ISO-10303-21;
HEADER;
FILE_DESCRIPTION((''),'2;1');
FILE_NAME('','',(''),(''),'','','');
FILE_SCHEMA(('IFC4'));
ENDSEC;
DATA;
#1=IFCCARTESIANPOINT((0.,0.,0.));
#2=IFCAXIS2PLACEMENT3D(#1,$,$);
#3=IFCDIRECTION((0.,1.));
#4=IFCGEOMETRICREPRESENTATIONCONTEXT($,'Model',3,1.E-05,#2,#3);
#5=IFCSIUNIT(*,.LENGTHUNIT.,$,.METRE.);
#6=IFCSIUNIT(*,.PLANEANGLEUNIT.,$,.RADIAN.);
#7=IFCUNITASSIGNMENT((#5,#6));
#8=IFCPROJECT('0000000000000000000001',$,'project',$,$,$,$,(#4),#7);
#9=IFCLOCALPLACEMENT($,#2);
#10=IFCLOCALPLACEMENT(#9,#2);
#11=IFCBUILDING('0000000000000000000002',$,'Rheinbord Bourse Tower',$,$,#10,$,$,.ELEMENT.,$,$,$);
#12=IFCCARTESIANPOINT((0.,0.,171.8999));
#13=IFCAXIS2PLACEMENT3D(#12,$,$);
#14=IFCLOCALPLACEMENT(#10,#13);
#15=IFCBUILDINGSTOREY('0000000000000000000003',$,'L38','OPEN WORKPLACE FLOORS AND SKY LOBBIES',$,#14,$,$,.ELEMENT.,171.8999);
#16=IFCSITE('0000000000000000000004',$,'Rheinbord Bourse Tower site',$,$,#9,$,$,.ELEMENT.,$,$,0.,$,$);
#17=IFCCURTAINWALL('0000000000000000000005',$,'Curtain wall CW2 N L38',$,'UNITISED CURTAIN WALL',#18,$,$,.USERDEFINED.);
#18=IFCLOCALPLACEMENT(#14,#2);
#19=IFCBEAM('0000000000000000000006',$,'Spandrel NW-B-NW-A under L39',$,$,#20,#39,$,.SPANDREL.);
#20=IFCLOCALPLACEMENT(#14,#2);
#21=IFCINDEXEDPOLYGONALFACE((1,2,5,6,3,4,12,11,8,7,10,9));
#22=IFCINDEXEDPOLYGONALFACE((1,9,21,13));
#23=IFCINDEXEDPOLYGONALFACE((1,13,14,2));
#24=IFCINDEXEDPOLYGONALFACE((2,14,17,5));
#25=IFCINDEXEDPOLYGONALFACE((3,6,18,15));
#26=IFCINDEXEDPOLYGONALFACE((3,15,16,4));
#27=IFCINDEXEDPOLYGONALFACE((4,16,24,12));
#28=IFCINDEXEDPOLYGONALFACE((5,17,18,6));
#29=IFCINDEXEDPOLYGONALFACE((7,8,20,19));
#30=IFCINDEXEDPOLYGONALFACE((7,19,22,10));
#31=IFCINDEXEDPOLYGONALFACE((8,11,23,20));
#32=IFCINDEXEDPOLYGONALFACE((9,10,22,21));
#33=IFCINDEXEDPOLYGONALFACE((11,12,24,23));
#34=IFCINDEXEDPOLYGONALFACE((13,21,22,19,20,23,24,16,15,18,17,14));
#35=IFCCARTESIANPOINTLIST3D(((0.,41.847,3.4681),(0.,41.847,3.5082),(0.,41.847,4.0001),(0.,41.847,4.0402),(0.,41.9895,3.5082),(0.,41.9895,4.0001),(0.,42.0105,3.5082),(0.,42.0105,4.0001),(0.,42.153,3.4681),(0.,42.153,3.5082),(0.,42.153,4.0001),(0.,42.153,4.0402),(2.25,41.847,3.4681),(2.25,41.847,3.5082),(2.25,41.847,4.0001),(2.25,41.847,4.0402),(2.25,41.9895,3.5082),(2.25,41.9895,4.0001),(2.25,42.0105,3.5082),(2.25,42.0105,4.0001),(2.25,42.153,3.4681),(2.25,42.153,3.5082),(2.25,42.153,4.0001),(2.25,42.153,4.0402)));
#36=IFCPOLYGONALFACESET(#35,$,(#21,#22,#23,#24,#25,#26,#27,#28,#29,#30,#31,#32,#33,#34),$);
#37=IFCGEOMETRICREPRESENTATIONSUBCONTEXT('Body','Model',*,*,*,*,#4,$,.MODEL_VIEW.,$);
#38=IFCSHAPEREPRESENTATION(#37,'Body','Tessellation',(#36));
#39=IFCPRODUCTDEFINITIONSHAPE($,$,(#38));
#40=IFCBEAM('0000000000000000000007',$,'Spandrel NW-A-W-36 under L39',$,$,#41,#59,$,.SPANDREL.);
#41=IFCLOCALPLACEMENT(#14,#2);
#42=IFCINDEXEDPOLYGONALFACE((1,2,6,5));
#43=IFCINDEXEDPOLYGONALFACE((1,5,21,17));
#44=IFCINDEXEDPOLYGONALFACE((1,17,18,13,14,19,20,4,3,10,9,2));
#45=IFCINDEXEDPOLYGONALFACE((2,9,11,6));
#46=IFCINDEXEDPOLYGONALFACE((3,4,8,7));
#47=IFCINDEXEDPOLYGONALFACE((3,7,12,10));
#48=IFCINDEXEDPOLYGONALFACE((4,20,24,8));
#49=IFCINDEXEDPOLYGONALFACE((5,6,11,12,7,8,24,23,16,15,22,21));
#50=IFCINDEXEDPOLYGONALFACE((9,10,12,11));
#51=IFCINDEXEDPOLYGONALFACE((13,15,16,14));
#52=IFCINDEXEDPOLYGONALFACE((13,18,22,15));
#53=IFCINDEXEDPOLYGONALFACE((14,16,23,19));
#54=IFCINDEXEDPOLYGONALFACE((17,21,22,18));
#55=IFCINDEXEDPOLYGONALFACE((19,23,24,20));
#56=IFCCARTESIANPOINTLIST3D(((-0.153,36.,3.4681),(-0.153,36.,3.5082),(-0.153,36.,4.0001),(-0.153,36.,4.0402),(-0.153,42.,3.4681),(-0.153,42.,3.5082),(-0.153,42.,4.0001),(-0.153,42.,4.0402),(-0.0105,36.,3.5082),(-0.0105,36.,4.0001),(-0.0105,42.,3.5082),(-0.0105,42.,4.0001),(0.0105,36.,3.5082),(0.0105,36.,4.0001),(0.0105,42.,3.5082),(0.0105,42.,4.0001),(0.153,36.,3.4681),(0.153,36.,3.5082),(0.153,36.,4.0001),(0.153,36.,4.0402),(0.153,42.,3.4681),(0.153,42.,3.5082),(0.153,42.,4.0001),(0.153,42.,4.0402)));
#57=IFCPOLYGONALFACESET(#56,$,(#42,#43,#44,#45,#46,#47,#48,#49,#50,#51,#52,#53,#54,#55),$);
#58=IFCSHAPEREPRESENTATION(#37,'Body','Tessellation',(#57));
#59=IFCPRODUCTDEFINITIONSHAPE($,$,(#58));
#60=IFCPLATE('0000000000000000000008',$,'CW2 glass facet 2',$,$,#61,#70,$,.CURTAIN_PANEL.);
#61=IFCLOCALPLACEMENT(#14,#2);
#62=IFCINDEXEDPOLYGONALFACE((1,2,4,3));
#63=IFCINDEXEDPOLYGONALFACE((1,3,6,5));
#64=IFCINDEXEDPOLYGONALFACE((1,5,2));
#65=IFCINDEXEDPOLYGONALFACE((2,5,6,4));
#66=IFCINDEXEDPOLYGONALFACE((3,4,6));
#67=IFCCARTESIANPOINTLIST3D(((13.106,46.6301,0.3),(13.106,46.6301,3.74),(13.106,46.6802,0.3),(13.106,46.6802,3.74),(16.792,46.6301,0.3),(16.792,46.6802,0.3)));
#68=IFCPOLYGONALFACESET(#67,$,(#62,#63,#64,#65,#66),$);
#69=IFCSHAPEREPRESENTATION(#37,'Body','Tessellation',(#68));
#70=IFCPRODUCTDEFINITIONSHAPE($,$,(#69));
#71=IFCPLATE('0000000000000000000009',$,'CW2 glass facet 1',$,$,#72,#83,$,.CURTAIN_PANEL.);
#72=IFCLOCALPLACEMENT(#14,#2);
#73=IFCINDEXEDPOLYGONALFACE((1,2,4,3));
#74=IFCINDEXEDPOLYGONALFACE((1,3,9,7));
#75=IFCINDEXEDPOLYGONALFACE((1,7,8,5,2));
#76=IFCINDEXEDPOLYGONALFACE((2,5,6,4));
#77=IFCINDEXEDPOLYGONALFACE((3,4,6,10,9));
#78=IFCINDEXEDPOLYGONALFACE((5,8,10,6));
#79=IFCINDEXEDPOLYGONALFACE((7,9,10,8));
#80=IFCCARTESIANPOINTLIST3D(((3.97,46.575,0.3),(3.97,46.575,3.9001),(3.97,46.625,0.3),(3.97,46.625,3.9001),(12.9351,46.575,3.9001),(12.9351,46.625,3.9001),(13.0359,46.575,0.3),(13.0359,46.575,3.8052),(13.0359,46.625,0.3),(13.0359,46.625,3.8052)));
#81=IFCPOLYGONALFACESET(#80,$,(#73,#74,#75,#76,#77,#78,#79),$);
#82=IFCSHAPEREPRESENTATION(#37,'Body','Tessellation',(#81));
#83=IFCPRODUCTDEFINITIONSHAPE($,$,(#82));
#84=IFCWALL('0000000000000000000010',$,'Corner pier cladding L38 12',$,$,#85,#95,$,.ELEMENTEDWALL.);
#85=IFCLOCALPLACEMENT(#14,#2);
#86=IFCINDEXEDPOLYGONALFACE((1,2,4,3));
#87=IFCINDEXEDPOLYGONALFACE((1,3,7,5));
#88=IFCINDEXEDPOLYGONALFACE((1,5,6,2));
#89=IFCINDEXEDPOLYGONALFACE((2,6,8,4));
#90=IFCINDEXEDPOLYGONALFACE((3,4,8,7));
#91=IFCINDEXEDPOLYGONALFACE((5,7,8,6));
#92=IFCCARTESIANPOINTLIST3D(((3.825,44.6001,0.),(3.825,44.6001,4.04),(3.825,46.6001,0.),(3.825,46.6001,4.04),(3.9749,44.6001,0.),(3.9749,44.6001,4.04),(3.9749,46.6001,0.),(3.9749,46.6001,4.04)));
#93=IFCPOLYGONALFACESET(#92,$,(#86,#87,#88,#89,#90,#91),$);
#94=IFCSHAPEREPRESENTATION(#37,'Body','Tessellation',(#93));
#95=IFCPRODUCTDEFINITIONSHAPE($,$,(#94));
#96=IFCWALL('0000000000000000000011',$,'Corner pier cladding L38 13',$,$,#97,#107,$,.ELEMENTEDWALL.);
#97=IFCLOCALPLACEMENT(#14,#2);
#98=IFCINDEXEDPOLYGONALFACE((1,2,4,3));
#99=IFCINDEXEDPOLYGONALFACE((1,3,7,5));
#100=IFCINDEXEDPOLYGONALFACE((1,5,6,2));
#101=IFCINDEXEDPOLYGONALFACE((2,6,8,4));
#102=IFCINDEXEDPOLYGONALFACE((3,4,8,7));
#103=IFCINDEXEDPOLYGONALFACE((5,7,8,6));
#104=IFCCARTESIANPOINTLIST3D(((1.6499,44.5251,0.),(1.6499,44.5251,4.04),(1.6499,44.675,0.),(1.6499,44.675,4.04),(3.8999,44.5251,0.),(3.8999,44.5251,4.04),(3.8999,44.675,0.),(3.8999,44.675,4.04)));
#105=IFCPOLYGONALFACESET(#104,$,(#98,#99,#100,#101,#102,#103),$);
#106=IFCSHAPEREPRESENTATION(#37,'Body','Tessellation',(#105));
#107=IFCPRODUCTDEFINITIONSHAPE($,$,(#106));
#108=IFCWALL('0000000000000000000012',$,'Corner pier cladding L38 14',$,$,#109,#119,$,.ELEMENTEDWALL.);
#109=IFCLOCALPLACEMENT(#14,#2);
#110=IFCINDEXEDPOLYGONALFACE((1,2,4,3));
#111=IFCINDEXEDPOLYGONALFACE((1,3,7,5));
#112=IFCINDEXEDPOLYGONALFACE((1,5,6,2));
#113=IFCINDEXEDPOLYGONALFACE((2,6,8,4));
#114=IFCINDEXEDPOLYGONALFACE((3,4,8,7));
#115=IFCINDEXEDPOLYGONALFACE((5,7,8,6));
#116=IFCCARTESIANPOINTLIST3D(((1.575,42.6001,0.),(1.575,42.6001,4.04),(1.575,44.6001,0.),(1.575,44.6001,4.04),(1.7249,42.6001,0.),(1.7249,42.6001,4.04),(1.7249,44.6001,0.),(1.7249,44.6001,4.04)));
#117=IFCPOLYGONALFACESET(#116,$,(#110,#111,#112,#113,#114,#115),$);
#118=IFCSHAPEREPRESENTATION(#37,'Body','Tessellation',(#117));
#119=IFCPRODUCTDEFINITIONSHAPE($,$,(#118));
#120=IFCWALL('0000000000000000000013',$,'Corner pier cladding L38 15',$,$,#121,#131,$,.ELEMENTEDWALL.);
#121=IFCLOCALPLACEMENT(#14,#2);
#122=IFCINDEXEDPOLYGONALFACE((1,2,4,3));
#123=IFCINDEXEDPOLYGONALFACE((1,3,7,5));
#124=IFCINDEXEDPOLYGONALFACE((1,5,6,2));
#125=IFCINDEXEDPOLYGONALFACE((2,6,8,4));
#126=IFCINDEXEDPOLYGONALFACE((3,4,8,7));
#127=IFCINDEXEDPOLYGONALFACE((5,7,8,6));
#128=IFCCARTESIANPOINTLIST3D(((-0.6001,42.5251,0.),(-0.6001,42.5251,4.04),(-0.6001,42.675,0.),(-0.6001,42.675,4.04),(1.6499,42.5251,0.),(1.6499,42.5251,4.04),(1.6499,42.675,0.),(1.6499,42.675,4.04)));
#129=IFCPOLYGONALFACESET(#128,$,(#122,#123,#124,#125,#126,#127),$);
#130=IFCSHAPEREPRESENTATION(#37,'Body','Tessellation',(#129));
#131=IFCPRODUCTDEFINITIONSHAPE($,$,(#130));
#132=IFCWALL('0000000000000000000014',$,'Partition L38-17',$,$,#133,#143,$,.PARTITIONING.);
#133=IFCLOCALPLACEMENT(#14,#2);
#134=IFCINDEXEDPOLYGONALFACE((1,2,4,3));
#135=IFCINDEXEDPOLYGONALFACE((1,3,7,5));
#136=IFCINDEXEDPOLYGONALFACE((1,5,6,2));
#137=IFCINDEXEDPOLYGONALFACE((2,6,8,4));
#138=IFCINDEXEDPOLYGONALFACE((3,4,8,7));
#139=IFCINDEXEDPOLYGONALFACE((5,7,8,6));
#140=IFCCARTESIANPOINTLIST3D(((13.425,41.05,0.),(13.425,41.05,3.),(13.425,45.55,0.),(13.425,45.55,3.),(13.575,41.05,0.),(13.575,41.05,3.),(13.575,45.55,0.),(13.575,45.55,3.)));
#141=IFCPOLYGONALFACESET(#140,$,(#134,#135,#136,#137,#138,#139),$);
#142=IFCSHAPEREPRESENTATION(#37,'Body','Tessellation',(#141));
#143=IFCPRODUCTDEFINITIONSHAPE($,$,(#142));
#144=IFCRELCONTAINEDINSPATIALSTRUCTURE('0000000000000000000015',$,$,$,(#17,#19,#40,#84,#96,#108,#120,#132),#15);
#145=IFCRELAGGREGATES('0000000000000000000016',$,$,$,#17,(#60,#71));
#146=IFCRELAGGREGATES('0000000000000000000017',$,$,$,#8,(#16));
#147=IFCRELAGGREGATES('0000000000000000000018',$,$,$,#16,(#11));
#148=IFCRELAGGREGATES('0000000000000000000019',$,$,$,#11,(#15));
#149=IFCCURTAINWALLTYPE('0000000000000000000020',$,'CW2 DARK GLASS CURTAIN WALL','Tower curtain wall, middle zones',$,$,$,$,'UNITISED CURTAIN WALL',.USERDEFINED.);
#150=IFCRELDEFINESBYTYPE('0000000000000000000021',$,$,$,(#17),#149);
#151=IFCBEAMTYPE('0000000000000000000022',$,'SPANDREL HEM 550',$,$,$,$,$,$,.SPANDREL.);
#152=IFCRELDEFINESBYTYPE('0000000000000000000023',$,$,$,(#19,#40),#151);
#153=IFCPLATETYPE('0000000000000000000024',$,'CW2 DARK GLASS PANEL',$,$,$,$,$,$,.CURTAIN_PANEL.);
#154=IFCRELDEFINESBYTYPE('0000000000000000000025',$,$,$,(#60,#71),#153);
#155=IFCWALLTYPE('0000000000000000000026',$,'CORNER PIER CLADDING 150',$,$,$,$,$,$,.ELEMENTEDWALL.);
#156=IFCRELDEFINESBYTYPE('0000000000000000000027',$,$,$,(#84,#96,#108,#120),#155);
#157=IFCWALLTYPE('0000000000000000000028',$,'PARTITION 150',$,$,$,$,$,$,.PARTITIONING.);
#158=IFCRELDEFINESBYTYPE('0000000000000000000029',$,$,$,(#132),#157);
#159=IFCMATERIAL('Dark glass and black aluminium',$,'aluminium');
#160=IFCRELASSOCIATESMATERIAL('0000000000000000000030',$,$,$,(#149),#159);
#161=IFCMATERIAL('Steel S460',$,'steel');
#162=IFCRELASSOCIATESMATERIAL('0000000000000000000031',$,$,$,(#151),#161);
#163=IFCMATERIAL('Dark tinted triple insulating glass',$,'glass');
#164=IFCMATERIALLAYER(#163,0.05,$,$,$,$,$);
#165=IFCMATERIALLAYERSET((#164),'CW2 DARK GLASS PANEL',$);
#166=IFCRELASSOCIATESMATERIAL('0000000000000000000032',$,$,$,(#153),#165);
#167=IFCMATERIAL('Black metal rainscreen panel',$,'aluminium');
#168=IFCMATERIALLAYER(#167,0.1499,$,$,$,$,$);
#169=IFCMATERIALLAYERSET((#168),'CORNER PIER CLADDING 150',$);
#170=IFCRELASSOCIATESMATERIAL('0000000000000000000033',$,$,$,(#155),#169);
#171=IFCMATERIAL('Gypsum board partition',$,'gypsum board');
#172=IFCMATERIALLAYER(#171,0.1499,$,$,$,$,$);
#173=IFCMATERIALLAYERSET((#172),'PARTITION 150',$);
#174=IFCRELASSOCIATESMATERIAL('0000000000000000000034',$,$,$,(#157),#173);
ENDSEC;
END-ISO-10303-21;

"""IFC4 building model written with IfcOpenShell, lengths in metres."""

from ifc_helpers import new_model, si_unit, direction, frame, frame_2d, origin, origin_2d, place, context, subcontext, project, spatial, polyline, rectangle, i_section, outline, extrude, material, layer, layer_set, material_profile, profile_set, type_object, element, aggregate, save


model = new_model("IFC4")

# Units and contexts
model_context = context("Model", 3, precision=1e-05, world=origin(), true_north=direction((0.0, 1.0)))
body_context = subcontext(model_context, "Body", "Model", "MODEL_VIEW")
ifc_project = project(units=[si_unit("LENGTHUNIT", "METRE"), si_unit("PLANEANGLEUNIT", "RADIAN")], contexts=[model_context])

# Site, building, storey
site_placement = place(None, origin())
site = spatial("IfcSite", under=ifc_project, at=site_placement, Name="Rheinbord Bourse Tower site", CompositionType="ELEMENT", RefElevation=0.0)
building_placement = place(site_placement, origin())
building = spatial("IfcBuilding", under=site, at=building_placement, Name="Rheinbord Bourse Tower", CompositionType="ELEMENT")
storey_placement = place(building_placement, frame((0.0, 0.0, 171.8999)))
storey = spatial("IfcBuildingStorey", under=building, at=storey_placement, Name="L38", Description="OPEN WORKPLACE FLOORS AND SKY LOBBIES", CompositionType="ELEMENT", Elevation=171.8999)

# Curtain wall
ifc_material_1 = material(Name="Dark glass and black aluminium", Category="aluminium")
curtain_wall_type = type_object("IfcCurtainWallType", Name="CW2 DARK GLASS CURTAIN WALL", Description="Tower curtain wall, middle zones", ElementType="UNITISED CURTAIN WALL", PredefinedType="USERDEFINED", material=ifc_material_1)
curtain_wall_1_placement = place(storey_placement, origin())
curtain_wall_1 = element("IfcCurtainWall", 1, at=curtain_wall_1_placement, inside=storey, type_object=curtain_wall_type, Name="Curtain wall CW2 N L38", ObjectType="UNITISED CURTAIN WALL", PredefinedType="USERDEFINED")

# Beams
ifc_material_2 = material(Name="Steel S460", Category="steel")
ifc_material_profile_1 = material_profile(ifc_material_2, i_section(OverallWidth=0.3059, OverallDepth=0.572, WebThickness=0.021, FlangeThickness=0.04, at=origin_2d()), Name="HEM 550")
ifc_profile_set_1 = profile_set([ifc_material_profile_1], Name="Steel S460")
beam_type_1 = type_object("IfcBeamType", Name="SPANDREL HEM 550", PredefinedType="SPANDREL", material=ifc_profile_set_1)
beam_1_placement = place(storey_placement, frame((2.25, 42.0, 3.7542), z_axis=(-1.0, 0.0, 0.0), x_axis=(0.0, -1.0, 0.0)))
element("IfcBeam", 2, at=beam_1_placement, inside=storey, type_object=beam_type_1, Name="Spandrel NW-B-NW-A under L39", PredefinedType="SPANDREL", context=body_context, shape_type="SweptSolid", body=[
    extrude(i_section(OverallWidth=0.3059, OverallDepth=0.572, WebThickness=0.021, FlangeThickness=0.04, at=origin_2d()), origin(), (0.0, 0.0, 1.0), 2.25),
])
beam_2_placement = place(storey_placement, frame((0.0, 42.0, 3.7542), z_axis=(0.0, -1.0, 0.0), x_axis=(1.0, 0.0, 0.0)))
element("IfcBeam", 3, at=beam_2_placement, inside=storey, type_object=beam_type_1, Name="Spandrel NW-A-W-36 under L39", PredefinedType="SPANDREL", context=body_context, shape_type="SweptSolid", body=[
    extrude(i_section(OverallWidth=0.3059, OverallDepth=0.572, WebThickness=0.021, FlangeThickness=0.04, at=origin_2d()), origin(), (0.0, 0.0, 1.0), 6.0),
])

# Plates
ifc_material_3 = material(Name="Dark tinted triple insulating glass", Category="glass")
ifc_layer_1 = layer(ifc_material_3, 0.05)
ifc_layer_set_1 = layer_set([ifc_layer_1], Name="CW2 DARK GLASS PANEL")
plate_type = type_object("IfcPlateType", Name="CW2 DARK GLASS PANEL", PredefinedType="CURTAIN_PANEL", material=ifc_layer_set_1)
plate_1_placement = place(storey_placement, frame((13.106, 46.6802, 0.3), z_axis=(0.0, -1.0, 0.0), x_axis=(1.0, 0.0, 0.0)))
plate_1 = element("IfcPlate", 4, at=plate_1_placement, type_object=plate_type, Name="CW2 glass facet 2", PredefinedType="CURTAIN_PANEL", context=body_context, shape_type="SweptSolid", body=[
    extrude(outline(polyline([(0.0, 0.0), (3.686, 0.0), (0.0, 3.4399), (0.0, 0.0)])), origin(), (0.0, 0.0, 1.0), 0.05),
])
plate_2_placement = place(storey_placement, frame((3.97, 46.625, 3.9001), z_axis=(0.0, -1.0, 0.0), x_axis=(0.0, 0.0, -1.0)))
plate_2 = element("IfcPlate", 5, at=plate_2_placement, type_object=plate_type, Name="CW2 glass facet 1", PredefinedType="CURTAIN_PANEL", context=body_context, shape_type="SweptSolid", body=[
    extrude(outline(polyline([(0.0, 0.0), (3.6001, 0.0), (3.6001, 9.0659), (0.095, 9.0659), (0.0, 8.9651), (0.0, 0.0)])), origin(), (0.0, 0.0, 1.0), 0.05),
])
aggregate(curtain_wall_1, [plate_1, plate_2])

# Walls
ifc_material_4 = material(Name="Black metal rainscreen panel", Category="aluminium")
ifc_layer_2 = layer(ifc_material_4, 0.1499)
ifc_layer_set_2 = layer_set([ifc_layer_2], Name="CORNER PIER CLADDING 150")
wall_type_1 = type_object("IfcWallType", Name="CORNER PIER CLADDING 150", PredefinedType="ELEMENTEDWALL", material=ifc_layer_set_2)
wall_1_placement = place(storey_placement, frame((3.8999, 46.6001, 0.0), z_axis=(0.0, 0.0, 1.0), x_axis=(0.0, -1.0, 0.0)))
element("IfcWall", 6, at=wall_1_placement, inside=storey, type_object=wall_type_1, Name="Corner pier cladding L38 12", PredefinedType="ELEMENTEDWALL", context=body_context, shape_type="SweptSolid", body=[
    extrude(rectangle(XDim=2.0, YDim=0.1499, at=frame_2d((1.0, 0.0))), origin(), (0.0, 0.0, 1.0), 4.04),
])
wall_2_placement = place(storey_placement, frame((3.8999, 44.6001, 0.0), z_axis=(0.0, 0.0, 1.0), x_axis=(-1.0, 0.0, 0.0)))
element("IfcWall", 7, at=wall_2_placement, inside=storey, type_object=wall_type_1, Name="Corner pier cladding L38 13", PredefinedType="ELEMENTEDWALL", context=body_context, shape_type="SweptSolid", body=[
    extrude(rectangle(XDim=2.25, YDim=0.1499, at=frame_2d((1.125, 0.0))), origin(), (0.0, 0.0, 1.0), 4.04),
])
wall_3_placement = place(storey_placement, frame((1.6499, 44.6001, 0.0), z_axis=(0.0, 0.0, 1.0), x_axis=(0.0, -1.0, 0.0)))
element("IfcWall", 8, at=wall_3_placement, inside=storey, type_object=wall_type_1, Name="Corner pier cladding L38 14", PredefinedType="ELEMENTEDWALL", context=body_context, shape_type="SweptSolid", body=[
    extrude(rectangle(XDim=2.0, YDim=0.1499, at=frame_2d((1.0, 0.0))), origin(), (0.0, 0.0, 1.0), 4.04),
])
wall_4_placement = place(storey_placement, frame((1.6499, 42.6001, 0.0), z_axis=(0.0, 0.0, 1.0), x_axis=(-1.0, 0.0, 0.0)))
element("IfcWall", 9, at=wall_4_placement, inside=storey, type_object=wall_type_1, Name="Corner pier cladding L38 15", PredefinedType="ELEMENTEDWALL", context=body_context, shape_type="SweptSolid", body=[
    extrude(rectangle(XDim=2.25, YDim=0.1499, at=frame_2d((1.125, 0.0))), origin(), (0.0, 0.0, 1.0), 4.04),
])
ifc_material_5 = material(Name="Gypsum board partition", Category="gypsum board")
ifc_layer_3 = layer(ifc_material_5, 0.1499)
ifc_layer_set_3 = layer_set([ifc_layer_3], Name="PARTITION 150")
wall_type_2 = type_object("IfcWallType", Name="PARTITION 150", PredefinedType="PARTITIONING", material=ifc_layer_set_3)
wall_5_placement = place(storey_placement, frame((13.5, 41.05, 0.0), z_axis=(0.0, 0.0, 1.0), x_axis=(0.0, 1.0, 0.0)))
element("IfcWall", 10, at=wall_5_placement, inside=storey, type_object=wall_type_2, Name="Partition L38-17", PredefinedType="PARTITIONING", context=body_context, shape_type="SweptSolid", body=[
    extrude(rectangle(XDim=4.5, YDim=0.1499, at=frame_2d((2.25, 0.0))), origin(), (0.0, 0.0, 1.0), 3.0),
])

save(model, "model.ifc")
